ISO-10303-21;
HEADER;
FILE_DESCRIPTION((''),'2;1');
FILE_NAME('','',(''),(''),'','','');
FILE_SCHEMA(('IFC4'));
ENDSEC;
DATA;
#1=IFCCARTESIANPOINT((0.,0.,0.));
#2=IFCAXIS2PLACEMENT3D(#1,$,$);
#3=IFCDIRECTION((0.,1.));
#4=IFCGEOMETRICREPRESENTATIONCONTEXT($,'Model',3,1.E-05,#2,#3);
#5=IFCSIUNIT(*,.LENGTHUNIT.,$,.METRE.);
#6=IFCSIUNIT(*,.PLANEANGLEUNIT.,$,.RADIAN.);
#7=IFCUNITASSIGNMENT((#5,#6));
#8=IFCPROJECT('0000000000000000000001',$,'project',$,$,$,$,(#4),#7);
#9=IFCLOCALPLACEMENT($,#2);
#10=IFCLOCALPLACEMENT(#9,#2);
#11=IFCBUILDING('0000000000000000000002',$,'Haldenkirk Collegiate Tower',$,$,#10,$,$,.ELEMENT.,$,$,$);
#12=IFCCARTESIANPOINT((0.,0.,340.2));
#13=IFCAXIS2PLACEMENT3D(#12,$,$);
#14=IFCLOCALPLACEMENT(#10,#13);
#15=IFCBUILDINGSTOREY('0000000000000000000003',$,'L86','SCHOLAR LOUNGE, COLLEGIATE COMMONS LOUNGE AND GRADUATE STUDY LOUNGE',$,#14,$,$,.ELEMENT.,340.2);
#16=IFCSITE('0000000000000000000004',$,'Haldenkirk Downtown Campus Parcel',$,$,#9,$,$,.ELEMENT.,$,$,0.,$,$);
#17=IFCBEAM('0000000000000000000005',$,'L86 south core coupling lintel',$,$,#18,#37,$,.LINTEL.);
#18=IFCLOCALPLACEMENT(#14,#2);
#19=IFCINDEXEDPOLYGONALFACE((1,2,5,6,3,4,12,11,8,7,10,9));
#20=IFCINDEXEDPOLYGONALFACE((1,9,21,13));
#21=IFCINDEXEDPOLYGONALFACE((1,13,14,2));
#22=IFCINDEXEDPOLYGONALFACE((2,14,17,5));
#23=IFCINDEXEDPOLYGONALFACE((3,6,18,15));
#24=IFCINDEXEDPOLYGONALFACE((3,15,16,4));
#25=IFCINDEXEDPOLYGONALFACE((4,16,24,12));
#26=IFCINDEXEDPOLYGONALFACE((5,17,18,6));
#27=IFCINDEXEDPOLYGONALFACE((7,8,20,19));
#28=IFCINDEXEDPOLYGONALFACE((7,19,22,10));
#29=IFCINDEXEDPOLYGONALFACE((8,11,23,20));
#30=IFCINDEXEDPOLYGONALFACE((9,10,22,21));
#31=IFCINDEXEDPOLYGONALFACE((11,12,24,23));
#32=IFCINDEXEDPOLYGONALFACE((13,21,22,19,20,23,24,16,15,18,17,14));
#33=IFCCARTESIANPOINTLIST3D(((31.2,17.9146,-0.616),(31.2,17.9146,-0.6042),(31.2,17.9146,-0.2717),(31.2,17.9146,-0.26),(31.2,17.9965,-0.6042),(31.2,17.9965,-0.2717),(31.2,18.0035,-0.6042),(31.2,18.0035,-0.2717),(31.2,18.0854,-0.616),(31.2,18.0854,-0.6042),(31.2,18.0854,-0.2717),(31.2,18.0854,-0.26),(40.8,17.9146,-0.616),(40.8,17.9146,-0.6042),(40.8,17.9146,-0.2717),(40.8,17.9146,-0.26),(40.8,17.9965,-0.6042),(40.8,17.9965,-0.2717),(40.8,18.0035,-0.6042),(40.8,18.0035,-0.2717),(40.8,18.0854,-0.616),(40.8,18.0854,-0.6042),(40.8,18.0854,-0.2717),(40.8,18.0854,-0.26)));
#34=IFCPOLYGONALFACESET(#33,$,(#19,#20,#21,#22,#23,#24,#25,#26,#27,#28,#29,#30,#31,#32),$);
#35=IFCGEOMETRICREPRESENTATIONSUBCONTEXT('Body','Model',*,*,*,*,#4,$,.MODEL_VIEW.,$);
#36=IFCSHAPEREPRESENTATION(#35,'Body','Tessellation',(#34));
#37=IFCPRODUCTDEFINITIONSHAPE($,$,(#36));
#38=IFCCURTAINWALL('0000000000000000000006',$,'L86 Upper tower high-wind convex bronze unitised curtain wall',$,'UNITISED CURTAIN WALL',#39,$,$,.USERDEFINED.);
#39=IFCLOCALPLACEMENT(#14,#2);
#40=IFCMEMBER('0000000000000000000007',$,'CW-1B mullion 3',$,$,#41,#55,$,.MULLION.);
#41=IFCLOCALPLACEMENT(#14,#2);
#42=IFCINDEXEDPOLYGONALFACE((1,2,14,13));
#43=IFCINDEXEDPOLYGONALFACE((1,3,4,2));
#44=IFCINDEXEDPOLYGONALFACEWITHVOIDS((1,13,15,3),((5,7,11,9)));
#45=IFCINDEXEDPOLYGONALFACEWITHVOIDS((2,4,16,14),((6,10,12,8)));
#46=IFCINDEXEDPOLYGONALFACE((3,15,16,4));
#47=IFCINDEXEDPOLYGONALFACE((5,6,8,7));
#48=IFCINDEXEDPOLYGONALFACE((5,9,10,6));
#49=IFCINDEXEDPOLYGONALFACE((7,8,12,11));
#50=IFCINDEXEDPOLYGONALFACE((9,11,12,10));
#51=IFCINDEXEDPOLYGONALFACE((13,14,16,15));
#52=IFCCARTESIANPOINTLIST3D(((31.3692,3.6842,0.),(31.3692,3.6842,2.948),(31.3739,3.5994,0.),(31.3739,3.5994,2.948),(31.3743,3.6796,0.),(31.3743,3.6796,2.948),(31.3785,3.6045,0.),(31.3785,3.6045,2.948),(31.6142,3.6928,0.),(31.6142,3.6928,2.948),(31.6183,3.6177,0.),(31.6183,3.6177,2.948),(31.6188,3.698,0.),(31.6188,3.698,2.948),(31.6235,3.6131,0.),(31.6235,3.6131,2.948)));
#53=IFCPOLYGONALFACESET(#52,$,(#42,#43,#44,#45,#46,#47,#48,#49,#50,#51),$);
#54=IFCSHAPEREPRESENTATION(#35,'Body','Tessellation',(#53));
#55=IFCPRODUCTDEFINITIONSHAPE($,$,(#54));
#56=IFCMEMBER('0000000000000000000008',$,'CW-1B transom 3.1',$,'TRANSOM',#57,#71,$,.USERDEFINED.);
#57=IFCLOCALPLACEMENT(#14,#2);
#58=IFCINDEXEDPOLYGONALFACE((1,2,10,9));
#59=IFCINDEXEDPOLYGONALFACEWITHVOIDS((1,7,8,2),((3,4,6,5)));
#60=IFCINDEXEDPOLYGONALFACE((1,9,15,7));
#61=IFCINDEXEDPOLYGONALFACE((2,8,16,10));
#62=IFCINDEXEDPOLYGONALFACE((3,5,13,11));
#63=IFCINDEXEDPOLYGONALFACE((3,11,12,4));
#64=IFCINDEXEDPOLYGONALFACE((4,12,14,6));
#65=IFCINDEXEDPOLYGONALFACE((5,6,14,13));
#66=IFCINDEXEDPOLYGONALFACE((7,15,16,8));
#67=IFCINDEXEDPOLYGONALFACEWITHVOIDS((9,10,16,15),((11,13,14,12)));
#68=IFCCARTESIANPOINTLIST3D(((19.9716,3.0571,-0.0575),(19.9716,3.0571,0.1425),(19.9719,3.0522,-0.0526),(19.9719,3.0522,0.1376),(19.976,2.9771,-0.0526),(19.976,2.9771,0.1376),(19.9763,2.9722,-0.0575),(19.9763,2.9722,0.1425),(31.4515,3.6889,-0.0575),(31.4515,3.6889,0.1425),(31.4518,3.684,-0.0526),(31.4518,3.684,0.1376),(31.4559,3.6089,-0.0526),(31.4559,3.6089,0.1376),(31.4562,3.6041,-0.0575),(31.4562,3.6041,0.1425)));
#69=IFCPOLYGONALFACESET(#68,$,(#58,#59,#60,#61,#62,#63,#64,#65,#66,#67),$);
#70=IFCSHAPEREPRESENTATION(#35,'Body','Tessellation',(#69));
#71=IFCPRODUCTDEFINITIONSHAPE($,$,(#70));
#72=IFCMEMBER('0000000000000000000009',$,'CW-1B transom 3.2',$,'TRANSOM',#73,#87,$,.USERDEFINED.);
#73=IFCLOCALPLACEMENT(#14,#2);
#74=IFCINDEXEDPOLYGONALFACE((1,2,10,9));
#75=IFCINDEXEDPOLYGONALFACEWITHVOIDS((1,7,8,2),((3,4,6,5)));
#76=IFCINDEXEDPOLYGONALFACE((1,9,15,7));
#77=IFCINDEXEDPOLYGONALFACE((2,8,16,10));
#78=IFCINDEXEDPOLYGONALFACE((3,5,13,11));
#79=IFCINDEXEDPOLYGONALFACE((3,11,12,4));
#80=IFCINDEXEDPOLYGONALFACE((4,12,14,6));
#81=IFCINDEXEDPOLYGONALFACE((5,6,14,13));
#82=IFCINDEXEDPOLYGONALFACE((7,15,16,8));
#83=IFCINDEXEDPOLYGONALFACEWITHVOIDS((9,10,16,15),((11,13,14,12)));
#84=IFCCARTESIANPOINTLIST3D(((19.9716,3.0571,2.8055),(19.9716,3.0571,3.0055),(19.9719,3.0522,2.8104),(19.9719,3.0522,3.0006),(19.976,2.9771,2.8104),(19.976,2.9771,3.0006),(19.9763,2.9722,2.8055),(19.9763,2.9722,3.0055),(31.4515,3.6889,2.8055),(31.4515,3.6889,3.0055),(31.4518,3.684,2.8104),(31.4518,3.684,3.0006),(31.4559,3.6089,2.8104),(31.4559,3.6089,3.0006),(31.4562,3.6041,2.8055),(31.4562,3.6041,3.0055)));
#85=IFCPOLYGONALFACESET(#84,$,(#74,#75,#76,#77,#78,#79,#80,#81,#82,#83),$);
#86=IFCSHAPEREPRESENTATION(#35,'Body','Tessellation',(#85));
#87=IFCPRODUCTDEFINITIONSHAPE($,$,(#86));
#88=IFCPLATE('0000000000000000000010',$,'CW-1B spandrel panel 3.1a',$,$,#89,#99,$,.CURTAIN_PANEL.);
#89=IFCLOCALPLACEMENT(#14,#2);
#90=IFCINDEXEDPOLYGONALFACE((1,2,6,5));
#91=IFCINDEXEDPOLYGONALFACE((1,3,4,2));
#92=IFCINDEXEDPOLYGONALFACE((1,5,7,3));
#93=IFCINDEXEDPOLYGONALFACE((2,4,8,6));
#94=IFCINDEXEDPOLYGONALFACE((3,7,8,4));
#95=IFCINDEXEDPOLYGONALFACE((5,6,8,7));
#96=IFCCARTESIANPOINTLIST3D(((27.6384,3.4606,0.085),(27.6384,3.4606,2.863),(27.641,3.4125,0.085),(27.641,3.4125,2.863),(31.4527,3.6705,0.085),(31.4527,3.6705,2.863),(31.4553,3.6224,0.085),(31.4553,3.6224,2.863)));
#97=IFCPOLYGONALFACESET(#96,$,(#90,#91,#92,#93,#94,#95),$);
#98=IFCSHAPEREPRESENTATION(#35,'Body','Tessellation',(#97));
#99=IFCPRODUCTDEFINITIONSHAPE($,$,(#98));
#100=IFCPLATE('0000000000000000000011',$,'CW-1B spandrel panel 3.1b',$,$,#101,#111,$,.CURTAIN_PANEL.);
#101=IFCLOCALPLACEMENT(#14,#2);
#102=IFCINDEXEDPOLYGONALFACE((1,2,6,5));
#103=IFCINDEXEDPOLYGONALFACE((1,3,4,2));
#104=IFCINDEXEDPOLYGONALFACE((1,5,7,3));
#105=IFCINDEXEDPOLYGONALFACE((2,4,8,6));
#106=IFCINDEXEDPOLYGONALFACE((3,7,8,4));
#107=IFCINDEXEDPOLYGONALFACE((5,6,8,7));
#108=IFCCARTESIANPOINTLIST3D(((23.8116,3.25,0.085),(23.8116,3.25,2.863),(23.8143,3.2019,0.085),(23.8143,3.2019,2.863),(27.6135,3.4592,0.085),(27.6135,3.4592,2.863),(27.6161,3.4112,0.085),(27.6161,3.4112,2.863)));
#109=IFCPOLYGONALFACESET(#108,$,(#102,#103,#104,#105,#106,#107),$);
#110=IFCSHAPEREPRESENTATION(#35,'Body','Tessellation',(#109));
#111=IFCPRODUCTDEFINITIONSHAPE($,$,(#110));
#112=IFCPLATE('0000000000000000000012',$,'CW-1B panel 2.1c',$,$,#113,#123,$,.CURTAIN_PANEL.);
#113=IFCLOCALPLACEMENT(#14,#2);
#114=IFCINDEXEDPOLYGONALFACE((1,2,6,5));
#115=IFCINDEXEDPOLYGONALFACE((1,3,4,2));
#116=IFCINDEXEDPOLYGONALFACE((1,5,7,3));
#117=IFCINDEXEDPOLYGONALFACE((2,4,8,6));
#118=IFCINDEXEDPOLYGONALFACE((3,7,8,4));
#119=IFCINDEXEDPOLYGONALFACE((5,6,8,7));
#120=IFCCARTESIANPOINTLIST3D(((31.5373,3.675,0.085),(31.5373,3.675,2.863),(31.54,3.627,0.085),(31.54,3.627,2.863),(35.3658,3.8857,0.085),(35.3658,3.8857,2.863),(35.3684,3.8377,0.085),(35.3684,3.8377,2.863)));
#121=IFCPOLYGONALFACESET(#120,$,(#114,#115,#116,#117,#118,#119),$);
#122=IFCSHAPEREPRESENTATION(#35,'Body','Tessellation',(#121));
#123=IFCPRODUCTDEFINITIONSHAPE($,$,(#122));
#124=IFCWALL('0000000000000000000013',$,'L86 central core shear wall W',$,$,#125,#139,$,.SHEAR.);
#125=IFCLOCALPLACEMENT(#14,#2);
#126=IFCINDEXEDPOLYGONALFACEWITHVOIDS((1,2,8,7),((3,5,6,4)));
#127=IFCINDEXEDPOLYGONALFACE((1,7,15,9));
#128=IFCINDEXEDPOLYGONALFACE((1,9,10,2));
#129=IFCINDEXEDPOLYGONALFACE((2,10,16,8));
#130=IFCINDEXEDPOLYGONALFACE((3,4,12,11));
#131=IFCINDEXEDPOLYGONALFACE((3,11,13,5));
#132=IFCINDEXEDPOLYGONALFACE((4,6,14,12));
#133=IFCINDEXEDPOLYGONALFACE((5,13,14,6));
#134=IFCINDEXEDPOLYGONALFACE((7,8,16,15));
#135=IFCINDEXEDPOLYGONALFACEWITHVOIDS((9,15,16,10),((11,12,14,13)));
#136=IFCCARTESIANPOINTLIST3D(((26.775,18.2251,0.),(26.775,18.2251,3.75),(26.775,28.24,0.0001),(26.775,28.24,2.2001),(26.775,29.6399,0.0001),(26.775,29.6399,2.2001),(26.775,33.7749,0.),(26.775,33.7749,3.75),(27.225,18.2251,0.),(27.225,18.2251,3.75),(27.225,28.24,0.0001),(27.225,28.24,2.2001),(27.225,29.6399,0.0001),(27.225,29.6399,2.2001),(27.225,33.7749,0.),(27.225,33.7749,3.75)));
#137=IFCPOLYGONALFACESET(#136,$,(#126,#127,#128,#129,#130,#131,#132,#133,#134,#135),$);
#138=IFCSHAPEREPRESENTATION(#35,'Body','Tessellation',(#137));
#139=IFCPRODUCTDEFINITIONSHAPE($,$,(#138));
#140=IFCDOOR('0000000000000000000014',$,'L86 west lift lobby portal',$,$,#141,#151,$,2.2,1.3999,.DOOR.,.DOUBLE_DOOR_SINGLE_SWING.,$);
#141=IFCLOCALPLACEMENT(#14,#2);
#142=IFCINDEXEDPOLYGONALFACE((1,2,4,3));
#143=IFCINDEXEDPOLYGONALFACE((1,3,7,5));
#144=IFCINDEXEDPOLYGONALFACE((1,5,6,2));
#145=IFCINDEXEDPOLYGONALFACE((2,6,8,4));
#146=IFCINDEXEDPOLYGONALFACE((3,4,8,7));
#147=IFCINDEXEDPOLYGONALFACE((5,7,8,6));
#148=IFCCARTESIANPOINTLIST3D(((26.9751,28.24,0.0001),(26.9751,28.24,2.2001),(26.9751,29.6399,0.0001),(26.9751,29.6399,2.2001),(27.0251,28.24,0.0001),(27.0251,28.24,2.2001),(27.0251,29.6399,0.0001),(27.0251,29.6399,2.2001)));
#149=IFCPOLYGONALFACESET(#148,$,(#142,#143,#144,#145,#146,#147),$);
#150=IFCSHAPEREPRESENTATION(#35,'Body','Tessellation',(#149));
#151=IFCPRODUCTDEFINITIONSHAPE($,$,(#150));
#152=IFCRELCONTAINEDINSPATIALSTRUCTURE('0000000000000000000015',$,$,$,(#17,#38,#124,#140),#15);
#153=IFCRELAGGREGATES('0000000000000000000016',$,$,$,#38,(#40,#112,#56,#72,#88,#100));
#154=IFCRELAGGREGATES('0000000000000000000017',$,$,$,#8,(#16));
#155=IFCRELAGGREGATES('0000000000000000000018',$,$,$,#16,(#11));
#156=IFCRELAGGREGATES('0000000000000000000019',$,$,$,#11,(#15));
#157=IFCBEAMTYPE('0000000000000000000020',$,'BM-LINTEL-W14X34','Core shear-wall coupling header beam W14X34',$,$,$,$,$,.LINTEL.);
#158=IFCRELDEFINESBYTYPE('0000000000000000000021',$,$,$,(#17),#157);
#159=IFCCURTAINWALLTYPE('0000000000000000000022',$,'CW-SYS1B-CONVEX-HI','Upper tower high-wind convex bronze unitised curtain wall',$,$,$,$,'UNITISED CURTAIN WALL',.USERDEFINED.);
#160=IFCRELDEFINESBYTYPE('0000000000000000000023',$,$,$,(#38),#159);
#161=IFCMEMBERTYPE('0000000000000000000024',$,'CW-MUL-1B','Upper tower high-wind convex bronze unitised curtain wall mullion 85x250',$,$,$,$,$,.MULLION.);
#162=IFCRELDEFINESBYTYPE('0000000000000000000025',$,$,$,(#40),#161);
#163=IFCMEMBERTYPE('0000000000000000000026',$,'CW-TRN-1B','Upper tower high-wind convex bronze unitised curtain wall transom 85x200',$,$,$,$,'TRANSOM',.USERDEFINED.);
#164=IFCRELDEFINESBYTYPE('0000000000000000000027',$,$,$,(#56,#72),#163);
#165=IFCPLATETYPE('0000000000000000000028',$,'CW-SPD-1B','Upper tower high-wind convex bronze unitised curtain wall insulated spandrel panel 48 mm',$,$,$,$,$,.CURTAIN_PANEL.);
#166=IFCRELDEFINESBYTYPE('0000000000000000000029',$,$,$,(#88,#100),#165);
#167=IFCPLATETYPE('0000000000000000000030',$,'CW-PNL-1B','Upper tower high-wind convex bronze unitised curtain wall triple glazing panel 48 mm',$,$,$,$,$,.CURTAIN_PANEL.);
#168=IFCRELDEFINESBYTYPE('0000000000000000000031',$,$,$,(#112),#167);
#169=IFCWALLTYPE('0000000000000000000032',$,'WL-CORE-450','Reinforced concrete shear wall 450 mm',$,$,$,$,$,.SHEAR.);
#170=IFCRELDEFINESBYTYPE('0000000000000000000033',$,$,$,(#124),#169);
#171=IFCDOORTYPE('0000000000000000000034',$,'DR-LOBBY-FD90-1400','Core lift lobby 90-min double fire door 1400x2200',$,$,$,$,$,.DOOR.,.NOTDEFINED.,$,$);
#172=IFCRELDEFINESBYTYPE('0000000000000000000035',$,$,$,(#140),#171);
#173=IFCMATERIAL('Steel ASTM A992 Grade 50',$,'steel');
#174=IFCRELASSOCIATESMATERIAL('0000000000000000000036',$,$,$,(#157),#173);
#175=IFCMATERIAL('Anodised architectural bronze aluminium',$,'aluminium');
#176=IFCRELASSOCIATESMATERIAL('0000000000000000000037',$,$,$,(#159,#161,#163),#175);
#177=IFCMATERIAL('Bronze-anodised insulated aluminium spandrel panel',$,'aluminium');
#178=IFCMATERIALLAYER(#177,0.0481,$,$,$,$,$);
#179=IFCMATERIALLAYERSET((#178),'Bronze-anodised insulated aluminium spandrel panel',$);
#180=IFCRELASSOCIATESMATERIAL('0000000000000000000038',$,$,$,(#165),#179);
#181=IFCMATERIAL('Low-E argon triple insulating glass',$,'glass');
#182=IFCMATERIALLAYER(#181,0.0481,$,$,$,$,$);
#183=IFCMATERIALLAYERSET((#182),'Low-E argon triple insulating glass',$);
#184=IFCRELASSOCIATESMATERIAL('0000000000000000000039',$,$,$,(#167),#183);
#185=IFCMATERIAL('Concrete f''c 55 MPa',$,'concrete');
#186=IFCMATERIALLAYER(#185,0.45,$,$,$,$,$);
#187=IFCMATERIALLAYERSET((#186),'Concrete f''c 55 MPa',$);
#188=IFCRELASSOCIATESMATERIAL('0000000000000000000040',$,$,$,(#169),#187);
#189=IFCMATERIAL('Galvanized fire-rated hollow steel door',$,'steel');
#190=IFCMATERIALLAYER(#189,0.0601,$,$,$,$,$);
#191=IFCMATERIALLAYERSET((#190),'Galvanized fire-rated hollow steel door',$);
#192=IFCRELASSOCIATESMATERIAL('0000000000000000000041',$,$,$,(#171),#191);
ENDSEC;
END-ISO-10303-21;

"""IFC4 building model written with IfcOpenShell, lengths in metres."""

from ifc_helpers import new_model, si_unit, direction, frame, frame_2d, origin, origin_2d, place, context, subcontext, project, spatial, rectangle, hollow_rectangle, i_section, extrude, source, transform, mapped, material, layer, layer_set, material_profile, profile_set, type_object, element, fill, aggregate, save


model = new_model("IFC4")

# Units and contexts
model_context = context("Model", 3, precision=1e-05, world=origin(), true_north=direction((0.0, 1.0)))
body_context = subcontext(model_context, "Body", "Model", "MODEL_VIEW")
ifc_project = project(units=[si_unit("LENGTHUNIT", "METRE"), si_unit("PLANEANGLEUNIT", "RADIAN")], contexts=[model_context])

# Site, building, storey
site_placement = place(None, origin())
site = spatial("IfcSite", under=ifc_project, at=site_placement, Name="Haldenkirk Downtown Campus Parcel", CompositionType="ELEMENT", RefElevation=0.0)
building_placement = place(site_placement, origin())
building = spatial("IfcBuilding", under=site, at=building_placement, Name="Haldenkirk Collegiate Tower", CompositionType="ELEMENT")
storey_placement = place(building_placement, frame((0.0, 0.0, 340.2)))
storey = spatial("IfcBuildingStorey", under=building, at=storey_placement, Name="L86", Description="SCHOLAR LOUNGE, COLLEGIATE COMMONS LOUNGE AND GRADUATE STUDY LOUNGE", CompositionType="ELEMENT", Elevation=340.2)

# Beam
ifc_material_1 = material(Name="Steel ASTM A992 Grade 50", Category="steel")
ifc_material_profile_1 = material_profile(ifc_material_1, i_section(OverallWidth=0.1709, OverallDepth=0.356, WebThickness=0.0071, FlangeThickness=0.0117, at=origin_2d()), Name="W14X34")
ifc_profile_set_1 = profile_set([ifc_material_profile_1], Name="Steel ASTM A992 Grade 50")
beam_type = type_object("IfcBeamType", Name="BM-LINTEL-W14X34", Description="Core shear-wall coupling header beam W14X34", PredefinedType="LINTEL", material=ifc_profile_set_1)
beam_placement = place(storey_placement, frame((31.2, 18.0, -0.438), z_axis=(1.0, 0.0, 0.0), x_axis=(0.0, 1.0, 0.0)))
element("IfcBeam", 1, at=beam_placement, inside=storey, type_object=beam_type, Name="L86 south core coupling lintel", PredefinedType="LINTEL", context=body_context, shape_type="SweptSolid", body=[
    extrude(i_section(OverallWidth=0.1709, OverallDepth=0.356, WebThickness=0.0071, FlangeThickness=0.0117, at=origin_2d()), origin(), (0.0, 0.0, 1.0), 9.6001),
])

# Curtain wall, members, plates
ifc_material_2 = material(Name="Anodised architectural bronze aluminium", Category="aluminium")
curtain_wall_type = type_object("IfcCurtainWallType", Name="CW-SYS1B-CONVEX-HI", Description="Upper tower high-wind convex bronze unitised curtain wall", ElementType="UNITISED CURTAIN WALL", PredefinedType="USERDEFINED", material=ifc_material_2)
curtain_wall_placement = place(storey_placement, origin())
curtain_wall = element("IfcCurtainWall", 2, at=curtain_wall_placement, inside=storey, type_object=curtain_wall_type, Name="L86 Upper tower high-wind convex bronze unitised curtain wall", ObjectType="UNITISED CURTAIN WALL", PredefinedType="USERDEFINED")
ifc_material_profile_2 = material_profile(ifc_material_2, hollow_rectangle(XDim=0.085, YDim=0.25, WallThickness=0.0049, at=origin_2d()), Name="CW-MUL-1B")
ifc_profile_set_2 = profile_set([ifc_material_profile_2], Name="Anodised architectural bronze aluminium")
member_type_1 = type_object("IfcMemberType", Name="CW-MUL-1B", Description="Upper tower high-wind convex bronze unitised curtain wall mullion 85x250", PredefinedType="MULLION", material=ifc_profile_set_2)
member_1_placement = place(storey_placement, frame((31.4963, 3.6487, 0.0), z_axis=(0.0, 0.0, 1.0), x_axis=(0.054948, -0.998489, 0.0)))
member_1 = element("IfcMember", 3, at=member_1_placement, type_object=member_type_1, Name="CW-1B mullion 3", PredefinedType="MULLION", context=body_context, shape_type="SweptSolid", body=[
    extrude(hollow_rectangle(XDim=0.085, YDim=0.25, WallThickness=0.0049, at=origin_2d()), origin(), (0.0, 0.0, 1.0), 2.948),
])
ifc_material_profile_3 = material_profile(ifc_material_2, hollow_rectangle(XDim=0.085, YDim=0.2, WallThickness=0.0049, at=origin_2d()), Name="CW-TRN-1B")
ifc_profile_set_3 = profile_set([ifc_material_profile_3], Name="Anodised architectural bronze aluminium")
member_type_2 = type_object("IfcMemberType", Name="CW-TRN-1B", Description="Upper tower high-wind convex bronze unitised curtain wall transom 85x200", ElementType="TRANSOM", PredefinedType="USERDEFINED", material=ifc_profile_set_3)
member_2_placement = place(storey_placement, frame((31.4539, 3.6465, 0.0425), z_axis=(-0.998489, -0.054955, 0.0), x_axis=(0.054955, -0.998489, 0.0)))
member_2 = element("IfcMember", 4, at=member_2_placement, type_object=member_type_2, Name="CW-1B transom 3.1", ObjectType="TRANSOM", PredefinedType="USERDEFINED", context=body_context, shape_type="SweptSolid", body=[
    extrude(hollow_rectangle(XDim=0.085, YDim=0.2, WallThickness=0.0049, at=origin_2d()), origin(), (0.0, 0.0, 1.0), 11.4973),
])
member_3_placement = place(storey_placement, frame((31.4539, 3.6465, 2.9055), z_axis=(-0.998489, -0.054955, 0.0), x_axis=(0.054955, -0.998489, 0.0)))
member_3 = element("IfcMember", 5, at=member_3_placement, type_object=member_type_2, Name="CW-1B transom 3.2", ObjectType="TRANSOM", PredefinedType="USERDEFINED", context=body_context, shape_type="SweptSolid", body=[
    extrude(hollow_rectangle(XDim=0.085, YDim=0.2, WallThickness=0.0049, at=origin_2d()), origin(), (0.0, 0.0, 1.0), 11.4973),
])
ifc_material_3 = material(Name="Bronze-anodised insulated aluminium spandrel panel", Category="aluminium")
ifc_layer_1 = layer(ifc_material_3, 0.0481)
ifc_layer_set_1 = layer_set([ifc_layer_1], Name="Bronze-anodised insulated aluminium spandrel panel")
plate_type_1 = type_object("IfcPlateType", Name="CW-SPD-1B", Description="Upper tower high-wind convex bronze unitised curtain wall insulated spandrel panel 48 mm", PredefinedType="CURTAIN_PANEL", material=ifc_layer_set_1)
shared_shape_1 = source(origin(), body_context, "Body", "SweptSolid", [
    extrude(rectangle(XDim=3.8201, YDim=0.0481, at=origin_2d()), origin(), (0.0, 0.0, 1.0), 2.7781),
])
plate_1_placement = place(storey_placement, frame((29.5469, 3.5415, 0.085), z_axis=(0.0, 0.0, 1.0), x_axis=(-0.998489, -0.054948, 0.0)))
plate_1 = element("IfcPlate", 6, at=plate_1_placement, type_object=plate_type_1, Name="CW-1B spandrel panel 3.1a", PredefinedType="CURTAIN_PANEL", context=body_context, shape_type="MappedRepresentation", body=[
    mapped(shared_shape_1, transform((0.0, 0.0, 0.0), x_axis=(1.0, 0.0, 0.0), y_axis=(0.0, 1.0, 0.0), z_axis=(0.0, 0.0, 1.0), scale=1.0)),
])
shared_shape_2 = source(origin(), body_context, "Body", "SweptSolid", [
    extrude(rectangle(XDim=3.8076, YDim=0.0481, at=origin_2d()), origin(), (0.0, 0.0, 1.0), 2.7781),
])
plate_2_placement = place(storey_placement, frame((25.7139, 3.3306, 0.085), z_axis=(0.0, 0.0, 1.0), x_axis=(-0.998489, -0.054948, 0.0)))
plate_2 = element("IfcPlate", 7, at=plate_2_placement, type_object=plate_type_1, Name="CW-1B spandrel panel 3.1b", PredefinedType="CURTAIN_PANEL", context=body_context, shape_type="MappedRepresentation", body=[
    mapped(shared_shape_2, transform((0.0, 0.0, 0.0), x_axis=(1.0, 0.0, 0.0), y_axis=(0.0, 1.0, 0.0), z_axis=(0.0, 0.0, 1.0), scale=1.0)),
])
ifc_material_4 = material(Name="Low-E argon triple insulating glass", Category="glass")
ifc_layer_2 = layer(ifc_material_4, 0.0481)
ifc_layer_set_2 = layer_set([ifc_layer_2], Name="Low-E argon triple insulating glass")
plate_type_2 = type_object("IfcPlateType", Name="CW-PNL-1B", Description="Upper tower high-wind convex bronze unitised curtain wall triple glazing panel 48 mm", PredefinedType="CURTAIN_PANEL", material=ifc_layer_set_2)
shared_shape_3 = source(origin(), body_context, "Body", "SweptSolid", [
    extrude(rectangle(XDim=3.8342, YDim=0.0481, at=origin_2d()), origin(), (0.0, 0.0, 1.0), 2.7781),
])
plate_3_placement = place(storey_placement, frame((33.4529, 3.7563, 0.085), z_axis=(0.0, 0.0, 1.0), x_axis=(-0.998489, -0.054948, 0.0)))
plate_3 = element("IfcPlate", 8, at=plate_3_placement, type_object=plate_type_2, Name="CW-1B panel 2.1c", PredefinedType="CURTAIN_PANEL", context=body_context, shape_type="MappedRepresentation", body=[
    mapped(shared_shape_3, transform((0.0, 0.0, 0.0), x_axis=(1.0, 0.0, 0.0), y_axis=(0.0, 1.0, 0.0), z_axis=(0.0, 0.0, 1.0), scale=1.0)),
])
aggregate(curtain_wall, [member_1, plate_3, member_2, member_3, plate_1, plate_2])

# Shared definitions
ifc_material_5 = material(Name="Concrete f'c 55 MPa", Category="concrete")
ifc_layer_3 = layer(ifc_material_5, 0.45)
ifc_layer_set_3 = layer_set([ifc_layer_3], Name="Concrete f'c 55 MPa")
wall_type_1 = type_object("IfcWallType", Name="WL-CORE-450", Description="Reinforced concrete shear wall 450 mm", PredefinedType="SHEAR", material=ifc_layer_set_3)
ifc_material_6 = material(Name="Galvanized fire-rated hollow steel door", Category="steel")

# Wall, opening, door
wall_1_placement = place(storey_placement, frame((27.0, 18.2251, 0.0), z_axis=(0.0, 0.0, 1.0), x_axis=(0.0, 1.0, 0.0)))
wall_1 = element("IfcWall", 9, at=wall_1_placement, inside=storey, type_object=wall_type_1, Name="L86 central core shear wall W", PredefinedType="SHEAR", context=body_context, shape_type="SweptSolid", body=[
    extrude(rectangle(XDim=15.5498, YDim=0.45, at=frame_2d((7.7749, 0.0))), origin(), (0.0, 0.0, 1.0), 3.75),
])
opening_1_placement = place(wall_1_placement, frame((10.0149, 0.0, 0.0)))
opening_1 = element("IfcOpeningElement", 10, at=opening_1_placement, cuts=wall_1, PredefinedType="OPENING", context=body_context, shape_type="SweptSolid", body=[
    extrude(rectangle(XDim=1.3999, YDim=2.2, at=frame_2d((0.7, 1.1001))), frame((0.0, 0.2349, 0.0), z_axis=(0.0, -1.0, 0.0), x_axis=(1.0, 0.0, 0.0)), (0.0, 0.0, 1.0), 0.47),
])
ifc_layer_4 = layer(ifc_material_6, 0.0601)
ifc_layer_set_4 = layer_set([ifc_layer_4], Name="Galvanized fire-rated hollow steel door")
door_type_1 = type_object("IfcDoorType", Name="DR-LOBBY-FD90-1400", Description="Core lift lobby 90-min double fire door 1400x2200", OperationType="NOTDEFINED", PredefinedType="DOOR", material=ifc_layer_set_4)
door_1_placement = place(opening_1_placement, origin())
door_1 = element("IfcDoor", 11, at=door_1_placement, inside=storey, type_object=door_type_1, Name="L86 west lift lobby portal", OperationType="DOUBLE_DOOR_SINGLE_SWING", OverallHeight=2.2, OverallWidth=1.3999, PredefinedType="DOOR", context=body_context, shape_type="SweptSolid", body=[
    extrude(rectangle(XDim=1.3999, YDim=2.2, at=frame_2d((0.7, 1.1001))), frame((0.0, 0.0249, 0.0), z_axis=(0.0, -1.0, 0.0), x_axis=(1.0, 0.0, 0.0)), (0.0, 0.0, 1.0), 0.05),
])
fill(opening_1, door_1)

save(model, "model.ifc")
